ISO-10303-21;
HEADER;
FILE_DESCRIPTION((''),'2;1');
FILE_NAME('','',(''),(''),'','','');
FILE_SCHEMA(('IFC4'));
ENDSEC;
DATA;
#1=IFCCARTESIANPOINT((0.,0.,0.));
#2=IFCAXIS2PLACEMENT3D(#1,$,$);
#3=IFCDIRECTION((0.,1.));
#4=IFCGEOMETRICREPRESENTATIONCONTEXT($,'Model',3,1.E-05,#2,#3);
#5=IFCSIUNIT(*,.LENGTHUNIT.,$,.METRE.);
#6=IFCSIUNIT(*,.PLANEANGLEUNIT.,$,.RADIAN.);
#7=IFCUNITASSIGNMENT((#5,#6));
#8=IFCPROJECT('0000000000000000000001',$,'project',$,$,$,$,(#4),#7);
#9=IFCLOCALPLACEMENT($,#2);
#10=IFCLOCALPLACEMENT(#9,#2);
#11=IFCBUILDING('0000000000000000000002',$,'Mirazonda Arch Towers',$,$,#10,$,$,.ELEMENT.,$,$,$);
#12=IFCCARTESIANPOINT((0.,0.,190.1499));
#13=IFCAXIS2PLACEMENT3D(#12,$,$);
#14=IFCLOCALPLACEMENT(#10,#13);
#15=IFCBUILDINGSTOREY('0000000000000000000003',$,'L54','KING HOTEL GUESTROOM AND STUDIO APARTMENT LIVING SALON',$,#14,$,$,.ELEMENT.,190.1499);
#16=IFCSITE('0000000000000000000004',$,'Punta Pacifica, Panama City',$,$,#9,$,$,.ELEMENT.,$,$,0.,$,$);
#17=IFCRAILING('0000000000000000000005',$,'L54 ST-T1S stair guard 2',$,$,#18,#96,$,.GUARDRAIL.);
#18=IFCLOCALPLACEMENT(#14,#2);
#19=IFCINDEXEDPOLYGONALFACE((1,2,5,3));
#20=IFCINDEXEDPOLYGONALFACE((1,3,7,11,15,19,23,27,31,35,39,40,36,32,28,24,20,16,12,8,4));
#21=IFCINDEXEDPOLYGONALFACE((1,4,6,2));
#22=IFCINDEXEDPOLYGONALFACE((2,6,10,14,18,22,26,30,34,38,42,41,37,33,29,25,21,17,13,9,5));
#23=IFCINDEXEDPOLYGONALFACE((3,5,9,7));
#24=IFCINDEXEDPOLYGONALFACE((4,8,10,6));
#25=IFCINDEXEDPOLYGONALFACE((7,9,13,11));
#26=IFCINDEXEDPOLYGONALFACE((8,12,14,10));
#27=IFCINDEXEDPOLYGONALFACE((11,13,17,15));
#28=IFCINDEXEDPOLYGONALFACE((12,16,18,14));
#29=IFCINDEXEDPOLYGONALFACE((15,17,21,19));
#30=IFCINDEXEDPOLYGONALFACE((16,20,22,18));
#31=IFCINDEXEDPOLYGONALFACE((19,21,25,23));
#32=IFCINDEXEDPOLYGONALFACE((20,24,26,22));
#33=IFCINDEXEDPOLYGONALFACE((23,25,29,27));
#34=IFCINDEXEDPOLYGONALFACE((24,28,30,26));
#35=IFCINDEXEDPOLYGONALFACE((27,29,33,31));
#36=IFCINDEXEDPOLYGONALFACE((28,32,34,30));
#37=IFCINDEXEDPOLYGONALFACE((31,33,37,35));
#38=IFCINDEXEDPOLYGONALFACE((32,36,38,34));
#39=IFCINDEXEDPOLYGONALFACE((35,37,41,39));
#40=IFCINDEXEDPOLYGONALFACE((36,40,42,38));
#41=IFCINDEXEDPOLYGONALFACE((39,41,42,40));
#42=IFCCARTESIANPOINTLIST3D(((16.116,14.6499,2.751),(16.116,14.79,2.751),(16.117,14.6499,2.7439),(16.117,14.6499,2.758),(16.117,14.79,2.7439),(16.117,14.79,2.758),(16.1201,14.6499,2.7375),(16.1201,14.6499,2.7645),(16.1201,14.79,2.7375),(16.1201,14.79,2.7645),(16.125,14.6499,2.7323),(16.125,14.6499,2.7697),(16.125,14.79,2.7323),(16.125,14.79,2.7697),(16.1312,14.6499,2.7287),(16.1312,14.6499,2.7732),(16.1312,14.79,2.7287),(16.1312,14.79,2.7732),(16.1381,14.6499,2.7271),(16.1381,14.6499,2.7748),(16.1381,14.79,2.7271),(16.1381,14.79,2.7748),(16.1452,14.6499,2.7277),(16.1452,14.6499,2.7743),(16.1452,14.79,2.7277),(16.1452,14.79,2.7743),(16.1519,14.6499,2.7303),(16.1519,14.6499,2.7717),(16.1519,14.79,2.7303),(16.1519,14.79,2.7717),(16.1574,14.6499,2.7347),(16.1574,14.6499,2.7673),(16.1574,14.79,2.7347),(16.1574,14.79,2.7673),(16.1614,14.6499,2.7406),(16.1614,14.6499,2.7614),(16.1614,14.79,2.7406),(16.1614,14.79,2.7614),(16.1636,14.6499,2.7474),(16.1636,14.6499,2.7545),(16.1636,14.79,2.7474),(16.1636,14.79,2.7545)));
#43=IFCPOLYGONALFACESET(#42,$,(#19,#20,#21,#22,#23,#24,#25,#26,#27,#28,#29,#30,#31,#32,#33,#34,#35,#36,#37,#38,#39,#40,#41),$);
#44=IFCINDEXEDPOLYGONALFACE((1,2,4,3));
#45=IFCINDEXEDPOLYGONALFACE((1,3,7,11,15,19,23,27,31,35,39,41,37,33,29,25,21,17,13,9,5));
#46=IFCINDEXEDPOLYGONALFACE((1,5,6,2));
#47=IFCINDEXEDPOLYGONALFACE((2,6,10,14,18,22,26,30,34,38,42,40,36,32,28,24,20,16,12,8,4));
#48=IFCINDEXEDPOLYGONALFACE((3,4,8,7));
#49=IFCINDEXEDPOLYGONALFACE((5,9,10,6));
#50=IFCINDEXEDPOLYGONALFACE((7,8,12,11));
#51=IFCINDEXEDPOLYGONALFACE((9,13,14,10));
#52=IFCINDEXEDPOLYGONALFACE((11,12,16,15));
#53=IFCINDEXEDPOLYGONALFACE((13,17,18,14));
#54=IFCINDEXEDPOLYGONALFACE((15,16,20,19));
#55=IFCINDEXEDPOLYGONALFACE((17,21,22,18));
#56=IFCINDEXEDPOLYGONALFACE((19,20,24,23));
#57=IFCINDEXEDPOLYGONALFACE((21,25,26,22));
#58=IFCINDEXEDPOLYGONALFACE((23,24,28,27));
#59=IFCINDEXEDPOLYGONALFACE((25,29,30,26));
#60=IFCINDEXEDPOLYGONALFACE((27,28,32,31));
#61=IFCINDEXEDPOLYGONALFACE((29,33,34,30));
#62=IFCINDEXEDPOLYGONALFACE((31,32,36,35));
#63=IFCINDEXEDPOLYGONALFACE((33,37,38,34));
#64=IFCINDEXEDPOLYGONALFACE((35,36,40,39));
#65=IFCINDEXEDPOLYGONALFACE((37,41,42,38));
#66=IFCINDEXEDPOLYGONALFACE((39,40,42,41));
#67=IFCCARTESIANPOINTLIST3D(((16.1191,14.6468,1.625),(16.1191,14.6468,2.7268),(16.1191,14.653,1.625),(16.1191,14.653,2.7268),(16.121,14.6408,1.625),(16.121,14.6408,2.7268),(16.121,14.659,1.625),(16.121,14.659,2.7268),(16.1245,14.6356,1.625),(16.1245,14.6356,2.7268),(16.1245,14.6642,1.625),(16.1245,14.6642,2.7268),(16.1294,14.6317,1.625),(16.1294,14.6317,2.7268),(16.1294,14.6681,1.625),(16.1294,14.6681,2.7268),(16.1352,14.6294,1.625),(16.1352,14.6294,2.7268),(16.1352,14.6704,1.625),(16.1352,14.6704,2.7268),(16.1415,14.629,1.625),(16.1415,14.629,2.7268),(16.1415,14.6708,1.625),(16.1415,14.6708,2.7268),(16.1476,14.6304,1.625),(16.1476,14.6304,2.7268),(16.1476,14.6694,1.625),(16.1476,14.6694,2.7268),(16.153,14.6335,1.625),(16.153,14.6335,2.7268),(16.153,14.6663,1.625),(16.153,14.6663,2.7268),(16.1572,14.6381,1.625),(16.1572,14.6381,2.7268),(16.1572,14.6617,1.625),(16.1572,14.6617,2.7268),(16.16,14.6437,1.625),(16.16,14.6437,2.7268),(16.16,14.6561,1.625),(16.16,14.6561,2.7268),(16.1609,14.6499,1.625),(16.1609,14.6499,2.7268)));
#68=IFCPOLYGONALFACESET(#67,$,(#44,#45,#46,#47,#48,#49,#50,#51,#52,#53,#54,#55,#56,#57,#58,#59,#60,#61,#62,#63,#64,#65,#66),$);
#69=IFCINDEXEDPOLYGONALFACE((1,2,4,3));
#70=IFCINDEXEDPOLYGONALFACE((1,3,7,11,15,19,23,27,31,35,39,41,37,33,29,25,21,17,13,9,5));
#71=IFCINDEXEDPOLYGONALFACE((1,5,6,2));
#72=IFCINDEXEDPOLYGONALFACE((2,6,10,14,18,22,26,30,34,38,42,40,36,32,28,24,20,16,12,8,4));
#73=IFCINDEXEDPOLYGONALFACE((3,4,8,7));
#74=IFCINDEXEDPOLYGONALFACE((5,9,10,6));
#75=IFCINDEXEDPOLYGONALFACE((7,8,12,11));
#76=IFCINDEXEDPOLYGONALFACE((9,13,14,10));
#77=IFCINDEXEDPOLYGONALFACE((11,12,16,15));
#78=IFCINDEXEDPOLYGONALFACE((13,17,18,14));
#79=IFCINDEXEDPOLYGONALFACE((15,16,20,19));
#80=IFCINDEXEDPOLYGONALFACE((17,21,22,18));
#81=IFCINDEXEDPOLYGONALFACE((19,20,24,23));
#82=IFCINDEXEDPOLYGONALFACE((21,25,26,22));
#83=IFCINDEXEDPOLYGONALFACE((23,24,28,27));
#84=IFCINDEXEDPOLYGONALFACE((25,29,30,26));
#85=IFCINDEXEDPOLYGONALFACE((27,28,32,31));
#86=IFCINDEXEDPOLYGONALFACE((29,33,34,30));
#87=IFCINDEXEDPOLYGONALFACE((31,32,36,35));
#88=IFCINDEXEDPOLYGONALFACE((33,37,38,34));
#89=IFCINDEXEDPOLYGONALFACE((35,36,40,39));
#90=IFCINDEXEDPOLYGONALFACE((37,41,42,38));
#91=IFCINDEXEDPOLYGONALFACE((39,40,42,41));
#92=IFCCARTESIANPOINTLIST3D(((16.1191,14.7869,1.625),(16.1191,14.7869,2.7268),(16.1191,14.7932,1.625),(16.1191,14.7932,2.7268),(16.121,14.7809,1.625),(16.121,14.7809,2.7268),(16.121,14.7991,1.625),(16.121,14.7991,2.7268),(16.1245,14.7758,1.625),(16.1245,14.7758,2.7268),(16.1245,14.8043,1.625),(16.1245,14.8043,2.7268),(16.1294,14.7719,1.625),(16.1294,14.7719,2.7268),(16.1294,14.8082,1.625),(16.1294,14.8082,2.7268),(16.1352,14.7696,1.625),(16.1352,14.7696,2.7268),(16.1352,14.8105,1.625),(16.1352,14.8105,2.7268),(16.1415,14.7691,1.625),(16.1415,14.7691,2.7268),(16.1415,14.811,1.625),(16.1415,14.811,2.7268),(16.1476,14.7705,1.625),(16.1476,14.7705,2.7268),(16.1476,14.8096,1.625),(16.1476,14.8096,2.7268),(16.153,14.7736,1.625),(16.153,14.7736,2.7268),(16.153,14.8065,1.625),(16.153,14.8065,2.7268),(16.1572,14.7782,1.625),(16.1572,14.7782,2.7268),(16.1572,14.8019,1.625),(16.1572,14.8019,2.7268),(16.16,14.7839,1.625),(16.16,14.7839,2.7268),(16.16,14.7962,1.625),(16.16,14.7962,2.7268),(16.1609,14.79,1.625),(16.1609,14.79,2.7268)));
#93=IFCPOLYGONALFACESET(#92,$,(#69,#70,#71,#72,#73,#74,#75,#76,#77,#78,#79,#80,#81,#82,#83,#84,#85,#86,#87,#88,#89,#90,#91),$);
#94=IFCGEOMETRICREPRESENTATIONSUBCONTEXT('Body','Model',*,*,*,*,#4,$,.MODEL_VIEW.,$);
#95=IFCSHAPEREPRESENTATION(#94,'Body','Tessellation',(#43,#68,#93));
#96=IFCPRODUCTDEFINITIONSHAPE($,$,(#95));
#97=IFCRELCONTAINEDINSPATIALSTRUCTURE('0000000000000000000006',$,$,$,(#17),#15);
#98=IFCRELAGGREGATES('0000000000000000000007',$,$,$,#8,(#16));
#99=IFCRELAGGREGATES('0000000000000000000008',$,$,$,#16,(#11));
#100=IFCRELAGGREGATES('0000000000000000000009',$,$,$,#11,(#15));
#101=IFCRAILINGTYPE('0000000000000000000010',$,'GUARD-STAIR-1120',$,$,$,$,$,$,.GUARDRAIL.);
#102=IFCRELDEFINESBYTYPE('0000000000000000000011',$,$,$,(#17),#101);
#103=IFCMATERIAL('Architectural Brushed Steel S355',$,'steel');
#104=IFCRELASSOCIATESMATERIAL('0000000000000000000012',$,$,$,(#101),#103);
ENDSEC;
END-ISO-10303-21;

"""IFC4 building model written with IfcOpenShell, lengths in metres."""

from ifc_helpers import new_model, si_unit, direction, frame, origin, origin_2d, place, context, subcontext, project, spatial, circle, extrude, material, type_object, element, save


model = new_model("IFC4")

# Units and contexts
model_context = context("Model", 3, precision=1e-05, world=origin(), true_north=direction((0.0, 1.0)))
body_context = subcontext(model_context, "Body", "Model", "MODEL_VIEW")
ifc_project = project(units=[si_unit("LENGTHUNIT", "METRE"), si_unit("PLANEANGLEUNIT", "RADIAN")], contexts=[model_context])

# Site, building, storey
site_placement = place(None, origin())
site = spatial("IfcSite", under=ifc_project, at=site_placement, Name="Punta Pacifica, Panama City", CompositionType="ELEMENT", RefElevation=0.0)
building_placement = place(site_placement, origin())
building = spatial("IfcBuilding", under=site, at=building_placement, Name="Mirazonda Arch Towers", CompositionType="ELEMENT")
storey_placement = place(building_placement, frame((0.0, 0.0, 190.1499)))
storey = spatial("IfcBuildingStorey", under=building, at=storey_placement, Name="L54", Description="KING HOTEL GUESTROOM AND STUDIO APARTMENT LIVING SALON", CompositionType="ELEMENT", Elevation=190.1499)

# Shared definitions
ifc_material_1 = material(Name="Architectural Brushed Steel S355", Category="steel")

# Railing
railing_type_1 = type_object("IfcRailingType", Name="GUARD-STAIR-1120", PredefinedType="GUARDRAIL", material=ifc_material_1)
railing_1_placement = place(storey_placement, frame((16.1399, 14.6499, 1.625)))
element("IfcRailing", 1, at=railing_1_placement, inside=storey, type_object=railing_type_1, Name="L54 ST-T1S stair guard 2", PredefinedType="GUARDRAIL", context=body_context, shape_type="SweptSolid", body=[
    extrude(circle(Radius=0.0239, at=origin_2d()), frame((0.0, 0.0, 1.126), z_axis=(0.0, 1.0, 0.0), x_axis=(-1.0, 0.0, 0.0)), (0.0, 0.0, 1.0), 0.1401),
    extrude(circle(Radius=0.021, at=origin_2d()), origin(), (0.0, 0.0, 1.0), 1.1018),
    extrude(circle(Radius=0.021, at=origin_2d()), frame((0.0, 0.1401, 0.0)), (0.0, 0.0, 1.0), 1.1018),
])

save(model, "model.ifc")
